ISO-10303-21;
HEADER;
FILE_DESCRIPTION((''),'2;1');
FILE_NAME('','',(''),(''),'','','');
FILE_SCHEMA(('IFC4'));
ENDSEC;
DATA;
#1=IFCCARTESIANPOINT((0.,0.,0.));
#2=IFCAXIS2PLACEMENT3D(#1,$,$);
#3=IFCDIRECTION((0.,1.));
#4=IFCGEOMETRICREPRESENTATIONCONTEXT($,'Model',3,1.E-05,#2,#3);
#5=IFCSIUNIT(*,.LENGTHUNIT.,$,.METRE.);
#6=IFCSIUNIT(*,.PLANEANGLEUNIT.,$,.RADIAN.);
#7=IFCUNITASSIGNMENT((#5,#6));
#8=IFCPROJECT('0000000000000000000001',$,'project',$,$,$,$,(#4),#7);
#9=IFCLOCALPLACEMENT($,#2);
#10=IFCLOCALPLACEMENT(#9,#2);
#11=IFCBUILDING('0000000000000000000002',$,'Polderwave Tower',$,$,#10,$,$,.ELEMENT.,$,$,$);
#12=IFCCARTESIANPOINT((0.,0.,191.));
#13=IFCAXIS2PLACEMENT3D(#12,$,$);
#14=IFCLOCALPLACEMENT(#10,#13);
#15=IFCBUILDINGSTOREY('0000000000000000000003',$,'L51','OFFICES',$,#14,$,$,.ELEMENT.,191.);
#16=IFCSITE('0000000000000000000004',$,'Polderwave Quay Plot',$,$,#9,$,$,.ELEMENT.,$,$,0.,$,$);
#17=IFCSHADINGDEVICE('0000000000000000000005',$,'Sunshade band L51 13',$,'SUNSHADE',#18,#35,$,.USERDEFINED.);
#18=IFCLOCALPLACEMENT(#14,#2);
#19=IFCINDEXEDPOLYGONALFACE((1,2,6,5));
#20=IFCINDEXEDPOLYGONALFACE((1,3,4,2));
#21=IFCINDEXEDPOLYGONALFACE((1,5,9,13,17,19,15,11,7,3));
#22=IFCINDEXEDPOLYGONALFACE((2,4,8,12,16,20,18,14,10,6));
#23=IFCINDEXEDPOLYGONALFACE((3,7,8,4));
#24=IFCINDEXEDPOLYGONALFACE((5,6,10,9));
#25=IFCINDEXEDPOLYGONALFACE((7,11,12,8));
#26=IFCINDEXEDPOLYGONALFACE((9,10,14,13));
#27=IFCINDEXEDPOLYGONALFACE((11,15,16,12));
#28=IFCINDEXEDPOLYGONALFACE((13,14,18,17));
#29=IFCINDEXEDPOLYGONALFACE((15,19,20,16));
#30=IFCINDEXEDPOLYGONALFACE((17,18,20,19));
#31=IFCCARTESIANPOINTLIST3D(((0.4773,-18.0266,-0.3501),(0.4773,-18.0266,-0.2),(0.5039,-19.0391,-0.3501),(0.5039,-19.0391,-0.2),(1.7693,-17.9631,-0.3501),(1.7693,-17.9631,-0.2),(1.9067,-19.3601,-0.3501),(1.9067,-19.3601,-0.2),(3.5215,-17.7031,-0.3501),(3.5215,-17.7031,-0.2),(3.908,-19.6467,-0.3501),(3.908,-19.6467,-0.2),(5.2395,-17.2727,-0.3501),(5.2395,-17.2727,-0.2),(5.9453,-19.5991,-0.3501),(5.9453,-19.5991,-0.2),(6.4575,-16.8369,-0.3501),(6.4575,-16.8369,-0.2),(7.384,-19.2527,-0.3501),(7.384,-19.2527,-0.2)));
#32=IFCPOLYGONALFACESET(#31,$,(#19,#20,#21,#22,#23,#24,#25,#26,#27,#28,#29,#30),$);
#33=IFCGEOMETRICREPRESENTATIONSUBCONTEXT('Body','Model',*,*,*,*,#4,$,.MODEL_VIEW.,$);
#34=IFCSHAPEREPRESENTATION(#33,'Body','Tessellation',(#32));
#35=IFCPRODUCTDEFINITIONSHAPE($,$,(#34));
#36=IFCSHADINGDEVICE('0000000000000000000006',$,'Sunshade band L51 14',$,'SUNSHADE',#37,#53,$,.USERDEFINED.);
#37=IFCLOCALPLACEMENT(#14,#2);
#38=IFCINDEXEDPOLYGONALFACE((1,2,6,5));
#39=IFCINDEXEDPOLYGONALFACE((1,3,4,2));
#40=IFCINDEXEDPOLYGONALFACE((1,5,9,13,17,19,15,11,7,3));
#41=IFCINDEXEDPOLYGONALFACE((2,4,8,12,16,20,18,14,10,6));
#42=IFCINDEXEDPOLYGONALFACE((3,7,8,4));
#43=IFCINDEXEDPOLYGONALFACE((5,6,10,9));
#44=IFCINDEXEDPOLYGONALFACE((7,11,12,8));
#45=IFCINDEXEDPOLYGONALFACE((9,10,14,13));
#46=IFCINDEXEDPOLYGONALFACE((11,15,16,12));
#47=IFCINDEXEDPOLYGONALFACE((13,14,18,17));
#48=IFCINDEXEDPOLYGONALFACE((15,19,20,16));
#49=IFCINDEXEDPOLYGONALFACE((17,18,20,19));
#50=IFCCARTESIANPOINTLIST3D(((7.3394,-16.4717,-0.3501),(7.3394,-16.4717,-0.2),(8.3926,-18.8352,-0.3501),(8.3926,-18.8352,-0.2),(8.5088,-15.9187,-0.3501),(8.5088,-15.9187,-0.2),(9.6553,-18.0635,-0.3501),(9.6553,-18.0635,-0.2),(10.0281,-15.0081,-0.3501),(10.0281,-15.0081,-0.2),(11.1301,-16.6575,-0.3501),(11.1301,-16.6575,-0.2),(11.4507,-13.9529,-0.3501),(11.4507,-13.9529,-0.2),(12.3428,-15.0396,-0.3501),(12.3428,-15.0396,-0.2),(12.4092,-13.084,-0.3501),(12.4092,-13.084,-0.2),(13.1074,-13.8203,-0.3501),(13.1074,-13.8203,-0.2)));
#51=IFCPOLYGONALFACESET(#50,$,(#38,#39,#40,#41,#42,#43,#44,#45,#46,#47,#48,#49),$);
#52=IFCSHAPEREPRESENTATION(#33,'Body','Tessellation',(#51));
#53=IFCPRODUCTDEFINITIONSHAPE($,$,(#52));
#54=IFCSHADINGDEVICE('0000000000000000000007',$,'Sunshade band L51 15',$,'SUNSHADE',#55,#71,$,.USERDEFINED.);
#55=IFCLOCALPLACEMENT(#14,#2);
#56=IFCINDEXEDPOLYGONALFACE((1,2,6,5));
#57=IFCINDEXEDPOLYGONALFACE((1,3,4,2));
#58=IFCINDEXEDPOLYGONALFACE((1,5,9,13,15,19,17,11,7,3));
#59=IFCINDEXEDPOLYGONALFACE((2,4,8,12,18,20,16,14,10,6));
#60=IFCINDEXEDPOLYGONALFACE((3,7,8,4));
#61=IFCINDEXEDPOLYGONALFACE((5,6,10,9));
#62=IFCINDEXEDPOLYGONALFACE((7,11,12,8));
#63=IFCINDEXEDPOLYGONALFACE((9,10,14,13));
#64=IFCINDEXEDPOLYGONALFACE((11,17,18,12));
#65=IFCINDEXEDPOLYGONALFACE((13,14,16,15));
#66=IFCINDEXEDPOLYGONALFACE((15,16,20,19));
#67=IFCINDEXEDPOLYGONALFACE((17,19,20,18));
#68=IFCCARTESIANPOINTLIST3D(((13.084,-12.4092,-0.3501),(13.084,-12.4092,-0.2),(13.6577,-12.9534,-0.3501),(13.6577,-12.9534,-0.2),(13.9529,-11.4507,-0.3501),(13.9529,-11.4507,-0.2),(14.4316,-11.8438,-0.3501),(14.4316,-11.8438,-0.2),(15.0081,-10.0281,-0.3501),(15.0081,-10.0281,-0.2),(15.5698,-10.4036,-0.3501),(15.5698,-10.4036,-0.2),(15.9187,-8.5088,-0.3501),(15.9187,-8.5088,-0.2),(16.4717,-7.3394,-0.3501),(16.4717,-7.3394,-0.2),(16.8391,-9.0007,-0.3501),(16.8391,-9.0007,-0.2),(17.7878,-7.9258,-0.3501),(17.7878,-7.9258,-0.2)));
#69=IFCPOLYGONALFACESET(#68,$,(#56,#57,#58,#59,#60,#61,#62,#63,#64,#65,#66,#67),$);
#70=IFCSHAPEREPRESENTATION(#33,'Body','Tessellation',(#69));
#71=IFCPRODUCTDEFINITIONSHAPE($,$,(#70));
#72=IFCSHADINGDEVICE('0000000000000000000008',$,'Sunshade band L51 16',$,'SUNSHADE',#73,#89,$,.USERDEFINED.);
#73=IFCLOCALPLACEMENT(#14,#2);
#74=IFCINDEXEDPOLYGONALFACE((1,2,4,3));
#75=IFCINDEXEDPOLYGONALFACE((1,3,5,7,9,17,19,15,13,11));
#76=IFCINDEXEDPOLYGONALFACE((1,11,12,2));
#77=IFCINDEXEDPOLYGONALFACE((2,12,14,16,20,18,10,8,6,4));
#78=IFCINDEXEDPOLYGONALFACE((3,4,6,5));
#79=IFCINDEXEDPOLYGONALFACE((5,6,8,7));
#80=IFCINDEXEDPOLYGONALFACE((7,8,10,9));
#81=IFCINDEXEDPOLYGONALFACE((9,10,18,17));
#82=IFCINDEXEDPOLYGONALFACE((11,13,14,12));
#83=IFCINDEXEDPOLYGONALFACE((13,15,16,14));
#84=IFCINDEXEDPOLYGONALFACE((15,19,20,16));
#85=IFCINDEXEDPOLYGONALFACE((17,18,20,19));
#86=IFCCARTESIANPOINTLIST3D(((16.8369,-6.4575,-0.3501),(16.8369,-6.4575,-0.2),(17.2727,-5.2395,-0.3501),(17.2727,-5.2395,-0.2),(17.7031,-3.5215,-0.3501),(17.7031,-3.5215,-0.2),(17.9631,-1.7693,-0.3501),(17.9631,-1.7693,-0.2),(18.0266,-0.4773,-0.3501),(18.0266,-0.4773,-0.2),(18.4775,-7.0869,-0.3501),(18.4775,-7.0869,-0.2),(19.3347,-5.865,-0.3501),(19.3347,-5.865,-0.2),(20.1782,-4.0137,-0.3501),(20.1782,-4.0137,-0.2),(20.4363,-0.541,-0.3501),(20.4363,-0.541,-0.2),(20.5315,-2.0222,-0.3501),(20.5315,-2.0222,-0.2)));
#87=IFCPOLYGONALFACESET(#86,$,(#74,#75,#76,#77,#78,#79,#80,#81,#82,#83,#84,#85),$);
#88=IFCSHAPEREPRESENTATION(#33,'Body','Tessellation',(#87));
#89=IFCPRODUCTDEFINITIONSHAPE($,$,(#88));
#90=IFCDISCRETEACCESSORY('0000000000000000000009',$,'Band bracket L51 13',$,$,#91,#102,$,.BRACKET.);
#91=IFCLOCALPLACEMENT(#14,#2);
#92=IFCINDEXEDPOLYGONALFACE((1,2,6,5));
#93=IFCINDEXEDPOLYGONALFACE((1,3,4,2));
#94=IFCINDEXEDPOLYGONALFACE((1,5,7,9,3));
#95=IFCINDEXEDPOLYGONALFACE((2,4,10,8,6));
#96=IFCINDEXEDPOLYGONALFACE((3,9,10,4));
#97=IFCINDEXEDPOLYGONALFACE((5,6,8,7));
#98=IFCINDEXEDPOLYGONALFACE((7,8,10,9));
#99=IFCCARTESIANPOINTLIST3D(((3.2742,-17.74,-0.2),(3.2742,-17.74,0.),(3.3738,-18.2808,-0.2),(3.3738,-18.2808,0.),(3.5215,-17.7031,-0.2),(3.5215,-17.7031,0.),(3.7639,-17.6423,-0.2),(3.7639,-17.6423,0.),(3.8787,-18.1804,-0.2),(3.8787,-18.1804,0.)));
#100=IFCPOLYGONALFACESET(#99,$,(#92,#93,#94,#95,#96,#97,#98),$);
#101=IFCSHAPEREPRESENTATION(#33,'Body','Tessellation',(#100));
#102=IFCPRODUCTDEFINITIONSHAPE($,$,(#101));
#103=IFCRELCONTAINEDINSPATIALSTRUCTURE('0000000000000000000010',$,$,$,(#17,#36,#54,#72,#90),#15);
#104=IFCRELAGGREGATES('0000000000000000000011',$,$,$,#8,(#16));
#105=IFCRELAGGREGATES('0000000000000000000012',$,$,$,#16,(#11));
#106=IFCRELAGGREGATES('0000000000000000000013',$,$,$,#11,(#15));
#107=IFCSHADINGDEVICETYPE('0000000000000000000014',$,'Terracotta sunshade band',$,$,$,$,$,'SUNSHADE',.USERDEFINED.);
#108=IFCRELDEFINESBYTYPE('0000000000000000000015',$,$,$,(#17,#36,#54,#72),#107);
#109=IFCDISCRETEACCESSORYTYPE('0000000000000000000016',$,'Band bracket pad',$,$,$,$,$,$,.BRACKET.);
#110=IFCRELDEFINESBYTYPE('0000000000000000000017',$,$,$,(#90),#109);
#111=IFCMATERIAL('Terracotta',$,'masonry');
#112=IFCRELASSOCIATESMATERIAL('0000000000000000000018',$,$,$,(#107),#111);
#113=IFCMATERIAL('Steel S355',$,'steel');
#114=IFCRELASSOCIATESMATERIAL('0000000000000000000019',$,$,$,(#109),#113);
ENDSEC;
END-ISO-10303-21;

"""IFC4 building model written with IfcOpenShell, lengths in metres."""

from ifc_helpers import new_model, si_unit, direction, frame, origin, place, context, subcontext, project, spatial, polyline, outline, extrude, material, type_object, element, save


model = new_model("IFC4")

# Units and contexts
model_context = context("Model", 3, precision=1e-05, world=origin(), true_north=direction((0.0, 1.0)))
body_context = subcontext(model_context, "Body", "Model", "MODEL_VIEW")
ifc_project = project(units=[si_unit("LENGTHUNIT", "METRE"), si_unit("PLANEANGLEUNIT", "RADIAN")], contexts=[model_context])

# Site, building, storey
site_placement = place(None, origin())
site = spatial("IfcSite", under=ifc_project, at=site_placement, Name="Polderwave Quay Plot", CompositionType="ELEMENT", RefElevation=0.0)
building_placement = place(site_placement, origin())
building = spatial("IfcBuilding", under=site, at=building_placement, Name="Polderwave Tower", CompositionType="ELEMENT")
storey_placement = place(building_placement, frame((0.0, 0.0, 191.0)))
storey = spatial("IfcBuildingStorey", under=building, at=storey_placement, Name="L51", Description="OFFICES", CompositionType="ELEMENT", Elevation=191.0)

# Shared definitions
ifc_material_1 = material(Name="Steel S355", Category="steel")

# Shading devices
ifc_material_2 = material(Name="Terracotta", Category="masonry")
shading_device_type = type_object("IfcShadingDeviceType", Name="Terracotta sunshade band", ElementType="SUNSHADE", PredefinedType="USERDEFINED", material=ifc_material_2)
shading_device_1_placement = place(storey_placement, frame((0.0, 0.0, -0.3501)))
element("IfcShadingDevice", 1, at=shading_device_1_placement, inside=storey, type_object=shading_device_type, Name="Sunshade band L51 13", ObjectType="SUNSHADE", PredefinedType="USERDEFINED", context=body_context, shape_type="SweptSolid", body=[
    extrude(outline(polyline([(0.4773, -18.0266), (1.7693, -17.9631), (3.5215, -17.7031), (5.2395, -17.2727), (6.4575, -16.8369), (7.384, -19.2527), (5.9453, -19.5991), (3.908, -19.6467), (1.9067, -19.3601), (0.5039, -19.0391), (0.4773, -18.0266)])), origin(), (0.0, 0.0, 1.0), 0.1501),
])
shading_device_2_placement = place(storey_placement, frame((0.0, 0.0, -0.3501)))
element("IfcShadingDevice", 2, at=shading_device_2_placement, inside=storey, type_object=shading_device_type, Name="Sunshade band L51 14", ObjectType="SUNSHADE", PredefinedType="USERDEFINED", context=body_context, shape_type="SweptSolid", body=[
    extrude(outline(polyline([(7.3394, -16.4717), (8.5088, -15.9187), (10.0281, -15.0081), (11.4507, -13.9529), (12.4092, -13.084), (13.1074, -13.8203), (12.3428, -15.0396), (11.1301, -16.6575), (9.6553, -18.0635), (8.3926, -18.8352), (7.3394, -16.4717)])), origin(), (0.0, 0.0, 1.0), 0.1501),
])
shading_device_3_placement = place(storey_placement, frame((0.0, 0.0, -0.3501)))
element("IfcShadingDevice", 3, at=shading_device_3_placement, inside=storey, type_object=shading_device_type, Name="Sunshade band L51 15", ObjectType="SUNSHADE", PredefinedType="USERDEFINED", context=body_context, shape_type="SweptSolid", body=[
    extrude(outline(polyline([(13.084, -12.4092), (13.9529, -11.4507), (15.0081, -10.0281), (15.9187, -8.5088), (16.4717, -7.3394), (17.7878, -7.9258), (16.8391, -9.0007), (15.5698, -10.4036), (14.4316, -11.8438), (13.6577, -12.9534), (13.084, -12.4092)])), origin(), (0.0, 0.0, 1.0), 0.1501),
])
shading_device_4_placement = place(storey_placement, frame((0.0, 0.0, -0.3501)))
element("IfcShadingDevice", 4, at=shading_device_4_placement, inside=storey, type_object=shading_device_type, Name="Sunshade band L51 16", ObjectType="SUNSHADE", PredefinedType="USERDEFINED", context=body_context, shape_type="SweptSolid", body=[
    extrude(outline(polyline([(16.8369, -6.4575), (17.2727, -5.2395), (17.7031, -3.5215), (17.9631, -1.7693), (18.0266, -0.4773), (20.4363, -0.541), (20.5315, -2.0222), (20.1782, -4.0137), (19.3347, -5.865), (18.4775, -7.0869), (16.8369, -6.4575)])), origin(), (0.0, 0.0, 1.0), 0.1501),
])

# Discrete accessory
discrete_accessory_type = type_object("IfcDiscreteAccessoryType", Name="Band bracket pad", PredefinedType="BRACKET", material=ifc_material_1)
discrete_accessory_placement = place(storey_placement, frame((0.0, 0.0, -0.2)))
element("IfcDiscreteAccessory", 5, at=discrete_accessory_placement, inside=storey, type_object=discrete_accessory_type, Name="Band bracket L51 13", PredefinedType="BRACKET", context=body_context, shape_type="SweptSolid", body=[
    extrude(outline(polyline([(3.2742, -17.74), (3.5215, -17.7031), (3.7639, -17.6423), (3.8787, -18.1804), (3.3738, -18.2808), (3.2742, -17.74)])), origin(), (0.0, 0.0, 1.0), 0.2),
])

save(model, "model.ifc")
